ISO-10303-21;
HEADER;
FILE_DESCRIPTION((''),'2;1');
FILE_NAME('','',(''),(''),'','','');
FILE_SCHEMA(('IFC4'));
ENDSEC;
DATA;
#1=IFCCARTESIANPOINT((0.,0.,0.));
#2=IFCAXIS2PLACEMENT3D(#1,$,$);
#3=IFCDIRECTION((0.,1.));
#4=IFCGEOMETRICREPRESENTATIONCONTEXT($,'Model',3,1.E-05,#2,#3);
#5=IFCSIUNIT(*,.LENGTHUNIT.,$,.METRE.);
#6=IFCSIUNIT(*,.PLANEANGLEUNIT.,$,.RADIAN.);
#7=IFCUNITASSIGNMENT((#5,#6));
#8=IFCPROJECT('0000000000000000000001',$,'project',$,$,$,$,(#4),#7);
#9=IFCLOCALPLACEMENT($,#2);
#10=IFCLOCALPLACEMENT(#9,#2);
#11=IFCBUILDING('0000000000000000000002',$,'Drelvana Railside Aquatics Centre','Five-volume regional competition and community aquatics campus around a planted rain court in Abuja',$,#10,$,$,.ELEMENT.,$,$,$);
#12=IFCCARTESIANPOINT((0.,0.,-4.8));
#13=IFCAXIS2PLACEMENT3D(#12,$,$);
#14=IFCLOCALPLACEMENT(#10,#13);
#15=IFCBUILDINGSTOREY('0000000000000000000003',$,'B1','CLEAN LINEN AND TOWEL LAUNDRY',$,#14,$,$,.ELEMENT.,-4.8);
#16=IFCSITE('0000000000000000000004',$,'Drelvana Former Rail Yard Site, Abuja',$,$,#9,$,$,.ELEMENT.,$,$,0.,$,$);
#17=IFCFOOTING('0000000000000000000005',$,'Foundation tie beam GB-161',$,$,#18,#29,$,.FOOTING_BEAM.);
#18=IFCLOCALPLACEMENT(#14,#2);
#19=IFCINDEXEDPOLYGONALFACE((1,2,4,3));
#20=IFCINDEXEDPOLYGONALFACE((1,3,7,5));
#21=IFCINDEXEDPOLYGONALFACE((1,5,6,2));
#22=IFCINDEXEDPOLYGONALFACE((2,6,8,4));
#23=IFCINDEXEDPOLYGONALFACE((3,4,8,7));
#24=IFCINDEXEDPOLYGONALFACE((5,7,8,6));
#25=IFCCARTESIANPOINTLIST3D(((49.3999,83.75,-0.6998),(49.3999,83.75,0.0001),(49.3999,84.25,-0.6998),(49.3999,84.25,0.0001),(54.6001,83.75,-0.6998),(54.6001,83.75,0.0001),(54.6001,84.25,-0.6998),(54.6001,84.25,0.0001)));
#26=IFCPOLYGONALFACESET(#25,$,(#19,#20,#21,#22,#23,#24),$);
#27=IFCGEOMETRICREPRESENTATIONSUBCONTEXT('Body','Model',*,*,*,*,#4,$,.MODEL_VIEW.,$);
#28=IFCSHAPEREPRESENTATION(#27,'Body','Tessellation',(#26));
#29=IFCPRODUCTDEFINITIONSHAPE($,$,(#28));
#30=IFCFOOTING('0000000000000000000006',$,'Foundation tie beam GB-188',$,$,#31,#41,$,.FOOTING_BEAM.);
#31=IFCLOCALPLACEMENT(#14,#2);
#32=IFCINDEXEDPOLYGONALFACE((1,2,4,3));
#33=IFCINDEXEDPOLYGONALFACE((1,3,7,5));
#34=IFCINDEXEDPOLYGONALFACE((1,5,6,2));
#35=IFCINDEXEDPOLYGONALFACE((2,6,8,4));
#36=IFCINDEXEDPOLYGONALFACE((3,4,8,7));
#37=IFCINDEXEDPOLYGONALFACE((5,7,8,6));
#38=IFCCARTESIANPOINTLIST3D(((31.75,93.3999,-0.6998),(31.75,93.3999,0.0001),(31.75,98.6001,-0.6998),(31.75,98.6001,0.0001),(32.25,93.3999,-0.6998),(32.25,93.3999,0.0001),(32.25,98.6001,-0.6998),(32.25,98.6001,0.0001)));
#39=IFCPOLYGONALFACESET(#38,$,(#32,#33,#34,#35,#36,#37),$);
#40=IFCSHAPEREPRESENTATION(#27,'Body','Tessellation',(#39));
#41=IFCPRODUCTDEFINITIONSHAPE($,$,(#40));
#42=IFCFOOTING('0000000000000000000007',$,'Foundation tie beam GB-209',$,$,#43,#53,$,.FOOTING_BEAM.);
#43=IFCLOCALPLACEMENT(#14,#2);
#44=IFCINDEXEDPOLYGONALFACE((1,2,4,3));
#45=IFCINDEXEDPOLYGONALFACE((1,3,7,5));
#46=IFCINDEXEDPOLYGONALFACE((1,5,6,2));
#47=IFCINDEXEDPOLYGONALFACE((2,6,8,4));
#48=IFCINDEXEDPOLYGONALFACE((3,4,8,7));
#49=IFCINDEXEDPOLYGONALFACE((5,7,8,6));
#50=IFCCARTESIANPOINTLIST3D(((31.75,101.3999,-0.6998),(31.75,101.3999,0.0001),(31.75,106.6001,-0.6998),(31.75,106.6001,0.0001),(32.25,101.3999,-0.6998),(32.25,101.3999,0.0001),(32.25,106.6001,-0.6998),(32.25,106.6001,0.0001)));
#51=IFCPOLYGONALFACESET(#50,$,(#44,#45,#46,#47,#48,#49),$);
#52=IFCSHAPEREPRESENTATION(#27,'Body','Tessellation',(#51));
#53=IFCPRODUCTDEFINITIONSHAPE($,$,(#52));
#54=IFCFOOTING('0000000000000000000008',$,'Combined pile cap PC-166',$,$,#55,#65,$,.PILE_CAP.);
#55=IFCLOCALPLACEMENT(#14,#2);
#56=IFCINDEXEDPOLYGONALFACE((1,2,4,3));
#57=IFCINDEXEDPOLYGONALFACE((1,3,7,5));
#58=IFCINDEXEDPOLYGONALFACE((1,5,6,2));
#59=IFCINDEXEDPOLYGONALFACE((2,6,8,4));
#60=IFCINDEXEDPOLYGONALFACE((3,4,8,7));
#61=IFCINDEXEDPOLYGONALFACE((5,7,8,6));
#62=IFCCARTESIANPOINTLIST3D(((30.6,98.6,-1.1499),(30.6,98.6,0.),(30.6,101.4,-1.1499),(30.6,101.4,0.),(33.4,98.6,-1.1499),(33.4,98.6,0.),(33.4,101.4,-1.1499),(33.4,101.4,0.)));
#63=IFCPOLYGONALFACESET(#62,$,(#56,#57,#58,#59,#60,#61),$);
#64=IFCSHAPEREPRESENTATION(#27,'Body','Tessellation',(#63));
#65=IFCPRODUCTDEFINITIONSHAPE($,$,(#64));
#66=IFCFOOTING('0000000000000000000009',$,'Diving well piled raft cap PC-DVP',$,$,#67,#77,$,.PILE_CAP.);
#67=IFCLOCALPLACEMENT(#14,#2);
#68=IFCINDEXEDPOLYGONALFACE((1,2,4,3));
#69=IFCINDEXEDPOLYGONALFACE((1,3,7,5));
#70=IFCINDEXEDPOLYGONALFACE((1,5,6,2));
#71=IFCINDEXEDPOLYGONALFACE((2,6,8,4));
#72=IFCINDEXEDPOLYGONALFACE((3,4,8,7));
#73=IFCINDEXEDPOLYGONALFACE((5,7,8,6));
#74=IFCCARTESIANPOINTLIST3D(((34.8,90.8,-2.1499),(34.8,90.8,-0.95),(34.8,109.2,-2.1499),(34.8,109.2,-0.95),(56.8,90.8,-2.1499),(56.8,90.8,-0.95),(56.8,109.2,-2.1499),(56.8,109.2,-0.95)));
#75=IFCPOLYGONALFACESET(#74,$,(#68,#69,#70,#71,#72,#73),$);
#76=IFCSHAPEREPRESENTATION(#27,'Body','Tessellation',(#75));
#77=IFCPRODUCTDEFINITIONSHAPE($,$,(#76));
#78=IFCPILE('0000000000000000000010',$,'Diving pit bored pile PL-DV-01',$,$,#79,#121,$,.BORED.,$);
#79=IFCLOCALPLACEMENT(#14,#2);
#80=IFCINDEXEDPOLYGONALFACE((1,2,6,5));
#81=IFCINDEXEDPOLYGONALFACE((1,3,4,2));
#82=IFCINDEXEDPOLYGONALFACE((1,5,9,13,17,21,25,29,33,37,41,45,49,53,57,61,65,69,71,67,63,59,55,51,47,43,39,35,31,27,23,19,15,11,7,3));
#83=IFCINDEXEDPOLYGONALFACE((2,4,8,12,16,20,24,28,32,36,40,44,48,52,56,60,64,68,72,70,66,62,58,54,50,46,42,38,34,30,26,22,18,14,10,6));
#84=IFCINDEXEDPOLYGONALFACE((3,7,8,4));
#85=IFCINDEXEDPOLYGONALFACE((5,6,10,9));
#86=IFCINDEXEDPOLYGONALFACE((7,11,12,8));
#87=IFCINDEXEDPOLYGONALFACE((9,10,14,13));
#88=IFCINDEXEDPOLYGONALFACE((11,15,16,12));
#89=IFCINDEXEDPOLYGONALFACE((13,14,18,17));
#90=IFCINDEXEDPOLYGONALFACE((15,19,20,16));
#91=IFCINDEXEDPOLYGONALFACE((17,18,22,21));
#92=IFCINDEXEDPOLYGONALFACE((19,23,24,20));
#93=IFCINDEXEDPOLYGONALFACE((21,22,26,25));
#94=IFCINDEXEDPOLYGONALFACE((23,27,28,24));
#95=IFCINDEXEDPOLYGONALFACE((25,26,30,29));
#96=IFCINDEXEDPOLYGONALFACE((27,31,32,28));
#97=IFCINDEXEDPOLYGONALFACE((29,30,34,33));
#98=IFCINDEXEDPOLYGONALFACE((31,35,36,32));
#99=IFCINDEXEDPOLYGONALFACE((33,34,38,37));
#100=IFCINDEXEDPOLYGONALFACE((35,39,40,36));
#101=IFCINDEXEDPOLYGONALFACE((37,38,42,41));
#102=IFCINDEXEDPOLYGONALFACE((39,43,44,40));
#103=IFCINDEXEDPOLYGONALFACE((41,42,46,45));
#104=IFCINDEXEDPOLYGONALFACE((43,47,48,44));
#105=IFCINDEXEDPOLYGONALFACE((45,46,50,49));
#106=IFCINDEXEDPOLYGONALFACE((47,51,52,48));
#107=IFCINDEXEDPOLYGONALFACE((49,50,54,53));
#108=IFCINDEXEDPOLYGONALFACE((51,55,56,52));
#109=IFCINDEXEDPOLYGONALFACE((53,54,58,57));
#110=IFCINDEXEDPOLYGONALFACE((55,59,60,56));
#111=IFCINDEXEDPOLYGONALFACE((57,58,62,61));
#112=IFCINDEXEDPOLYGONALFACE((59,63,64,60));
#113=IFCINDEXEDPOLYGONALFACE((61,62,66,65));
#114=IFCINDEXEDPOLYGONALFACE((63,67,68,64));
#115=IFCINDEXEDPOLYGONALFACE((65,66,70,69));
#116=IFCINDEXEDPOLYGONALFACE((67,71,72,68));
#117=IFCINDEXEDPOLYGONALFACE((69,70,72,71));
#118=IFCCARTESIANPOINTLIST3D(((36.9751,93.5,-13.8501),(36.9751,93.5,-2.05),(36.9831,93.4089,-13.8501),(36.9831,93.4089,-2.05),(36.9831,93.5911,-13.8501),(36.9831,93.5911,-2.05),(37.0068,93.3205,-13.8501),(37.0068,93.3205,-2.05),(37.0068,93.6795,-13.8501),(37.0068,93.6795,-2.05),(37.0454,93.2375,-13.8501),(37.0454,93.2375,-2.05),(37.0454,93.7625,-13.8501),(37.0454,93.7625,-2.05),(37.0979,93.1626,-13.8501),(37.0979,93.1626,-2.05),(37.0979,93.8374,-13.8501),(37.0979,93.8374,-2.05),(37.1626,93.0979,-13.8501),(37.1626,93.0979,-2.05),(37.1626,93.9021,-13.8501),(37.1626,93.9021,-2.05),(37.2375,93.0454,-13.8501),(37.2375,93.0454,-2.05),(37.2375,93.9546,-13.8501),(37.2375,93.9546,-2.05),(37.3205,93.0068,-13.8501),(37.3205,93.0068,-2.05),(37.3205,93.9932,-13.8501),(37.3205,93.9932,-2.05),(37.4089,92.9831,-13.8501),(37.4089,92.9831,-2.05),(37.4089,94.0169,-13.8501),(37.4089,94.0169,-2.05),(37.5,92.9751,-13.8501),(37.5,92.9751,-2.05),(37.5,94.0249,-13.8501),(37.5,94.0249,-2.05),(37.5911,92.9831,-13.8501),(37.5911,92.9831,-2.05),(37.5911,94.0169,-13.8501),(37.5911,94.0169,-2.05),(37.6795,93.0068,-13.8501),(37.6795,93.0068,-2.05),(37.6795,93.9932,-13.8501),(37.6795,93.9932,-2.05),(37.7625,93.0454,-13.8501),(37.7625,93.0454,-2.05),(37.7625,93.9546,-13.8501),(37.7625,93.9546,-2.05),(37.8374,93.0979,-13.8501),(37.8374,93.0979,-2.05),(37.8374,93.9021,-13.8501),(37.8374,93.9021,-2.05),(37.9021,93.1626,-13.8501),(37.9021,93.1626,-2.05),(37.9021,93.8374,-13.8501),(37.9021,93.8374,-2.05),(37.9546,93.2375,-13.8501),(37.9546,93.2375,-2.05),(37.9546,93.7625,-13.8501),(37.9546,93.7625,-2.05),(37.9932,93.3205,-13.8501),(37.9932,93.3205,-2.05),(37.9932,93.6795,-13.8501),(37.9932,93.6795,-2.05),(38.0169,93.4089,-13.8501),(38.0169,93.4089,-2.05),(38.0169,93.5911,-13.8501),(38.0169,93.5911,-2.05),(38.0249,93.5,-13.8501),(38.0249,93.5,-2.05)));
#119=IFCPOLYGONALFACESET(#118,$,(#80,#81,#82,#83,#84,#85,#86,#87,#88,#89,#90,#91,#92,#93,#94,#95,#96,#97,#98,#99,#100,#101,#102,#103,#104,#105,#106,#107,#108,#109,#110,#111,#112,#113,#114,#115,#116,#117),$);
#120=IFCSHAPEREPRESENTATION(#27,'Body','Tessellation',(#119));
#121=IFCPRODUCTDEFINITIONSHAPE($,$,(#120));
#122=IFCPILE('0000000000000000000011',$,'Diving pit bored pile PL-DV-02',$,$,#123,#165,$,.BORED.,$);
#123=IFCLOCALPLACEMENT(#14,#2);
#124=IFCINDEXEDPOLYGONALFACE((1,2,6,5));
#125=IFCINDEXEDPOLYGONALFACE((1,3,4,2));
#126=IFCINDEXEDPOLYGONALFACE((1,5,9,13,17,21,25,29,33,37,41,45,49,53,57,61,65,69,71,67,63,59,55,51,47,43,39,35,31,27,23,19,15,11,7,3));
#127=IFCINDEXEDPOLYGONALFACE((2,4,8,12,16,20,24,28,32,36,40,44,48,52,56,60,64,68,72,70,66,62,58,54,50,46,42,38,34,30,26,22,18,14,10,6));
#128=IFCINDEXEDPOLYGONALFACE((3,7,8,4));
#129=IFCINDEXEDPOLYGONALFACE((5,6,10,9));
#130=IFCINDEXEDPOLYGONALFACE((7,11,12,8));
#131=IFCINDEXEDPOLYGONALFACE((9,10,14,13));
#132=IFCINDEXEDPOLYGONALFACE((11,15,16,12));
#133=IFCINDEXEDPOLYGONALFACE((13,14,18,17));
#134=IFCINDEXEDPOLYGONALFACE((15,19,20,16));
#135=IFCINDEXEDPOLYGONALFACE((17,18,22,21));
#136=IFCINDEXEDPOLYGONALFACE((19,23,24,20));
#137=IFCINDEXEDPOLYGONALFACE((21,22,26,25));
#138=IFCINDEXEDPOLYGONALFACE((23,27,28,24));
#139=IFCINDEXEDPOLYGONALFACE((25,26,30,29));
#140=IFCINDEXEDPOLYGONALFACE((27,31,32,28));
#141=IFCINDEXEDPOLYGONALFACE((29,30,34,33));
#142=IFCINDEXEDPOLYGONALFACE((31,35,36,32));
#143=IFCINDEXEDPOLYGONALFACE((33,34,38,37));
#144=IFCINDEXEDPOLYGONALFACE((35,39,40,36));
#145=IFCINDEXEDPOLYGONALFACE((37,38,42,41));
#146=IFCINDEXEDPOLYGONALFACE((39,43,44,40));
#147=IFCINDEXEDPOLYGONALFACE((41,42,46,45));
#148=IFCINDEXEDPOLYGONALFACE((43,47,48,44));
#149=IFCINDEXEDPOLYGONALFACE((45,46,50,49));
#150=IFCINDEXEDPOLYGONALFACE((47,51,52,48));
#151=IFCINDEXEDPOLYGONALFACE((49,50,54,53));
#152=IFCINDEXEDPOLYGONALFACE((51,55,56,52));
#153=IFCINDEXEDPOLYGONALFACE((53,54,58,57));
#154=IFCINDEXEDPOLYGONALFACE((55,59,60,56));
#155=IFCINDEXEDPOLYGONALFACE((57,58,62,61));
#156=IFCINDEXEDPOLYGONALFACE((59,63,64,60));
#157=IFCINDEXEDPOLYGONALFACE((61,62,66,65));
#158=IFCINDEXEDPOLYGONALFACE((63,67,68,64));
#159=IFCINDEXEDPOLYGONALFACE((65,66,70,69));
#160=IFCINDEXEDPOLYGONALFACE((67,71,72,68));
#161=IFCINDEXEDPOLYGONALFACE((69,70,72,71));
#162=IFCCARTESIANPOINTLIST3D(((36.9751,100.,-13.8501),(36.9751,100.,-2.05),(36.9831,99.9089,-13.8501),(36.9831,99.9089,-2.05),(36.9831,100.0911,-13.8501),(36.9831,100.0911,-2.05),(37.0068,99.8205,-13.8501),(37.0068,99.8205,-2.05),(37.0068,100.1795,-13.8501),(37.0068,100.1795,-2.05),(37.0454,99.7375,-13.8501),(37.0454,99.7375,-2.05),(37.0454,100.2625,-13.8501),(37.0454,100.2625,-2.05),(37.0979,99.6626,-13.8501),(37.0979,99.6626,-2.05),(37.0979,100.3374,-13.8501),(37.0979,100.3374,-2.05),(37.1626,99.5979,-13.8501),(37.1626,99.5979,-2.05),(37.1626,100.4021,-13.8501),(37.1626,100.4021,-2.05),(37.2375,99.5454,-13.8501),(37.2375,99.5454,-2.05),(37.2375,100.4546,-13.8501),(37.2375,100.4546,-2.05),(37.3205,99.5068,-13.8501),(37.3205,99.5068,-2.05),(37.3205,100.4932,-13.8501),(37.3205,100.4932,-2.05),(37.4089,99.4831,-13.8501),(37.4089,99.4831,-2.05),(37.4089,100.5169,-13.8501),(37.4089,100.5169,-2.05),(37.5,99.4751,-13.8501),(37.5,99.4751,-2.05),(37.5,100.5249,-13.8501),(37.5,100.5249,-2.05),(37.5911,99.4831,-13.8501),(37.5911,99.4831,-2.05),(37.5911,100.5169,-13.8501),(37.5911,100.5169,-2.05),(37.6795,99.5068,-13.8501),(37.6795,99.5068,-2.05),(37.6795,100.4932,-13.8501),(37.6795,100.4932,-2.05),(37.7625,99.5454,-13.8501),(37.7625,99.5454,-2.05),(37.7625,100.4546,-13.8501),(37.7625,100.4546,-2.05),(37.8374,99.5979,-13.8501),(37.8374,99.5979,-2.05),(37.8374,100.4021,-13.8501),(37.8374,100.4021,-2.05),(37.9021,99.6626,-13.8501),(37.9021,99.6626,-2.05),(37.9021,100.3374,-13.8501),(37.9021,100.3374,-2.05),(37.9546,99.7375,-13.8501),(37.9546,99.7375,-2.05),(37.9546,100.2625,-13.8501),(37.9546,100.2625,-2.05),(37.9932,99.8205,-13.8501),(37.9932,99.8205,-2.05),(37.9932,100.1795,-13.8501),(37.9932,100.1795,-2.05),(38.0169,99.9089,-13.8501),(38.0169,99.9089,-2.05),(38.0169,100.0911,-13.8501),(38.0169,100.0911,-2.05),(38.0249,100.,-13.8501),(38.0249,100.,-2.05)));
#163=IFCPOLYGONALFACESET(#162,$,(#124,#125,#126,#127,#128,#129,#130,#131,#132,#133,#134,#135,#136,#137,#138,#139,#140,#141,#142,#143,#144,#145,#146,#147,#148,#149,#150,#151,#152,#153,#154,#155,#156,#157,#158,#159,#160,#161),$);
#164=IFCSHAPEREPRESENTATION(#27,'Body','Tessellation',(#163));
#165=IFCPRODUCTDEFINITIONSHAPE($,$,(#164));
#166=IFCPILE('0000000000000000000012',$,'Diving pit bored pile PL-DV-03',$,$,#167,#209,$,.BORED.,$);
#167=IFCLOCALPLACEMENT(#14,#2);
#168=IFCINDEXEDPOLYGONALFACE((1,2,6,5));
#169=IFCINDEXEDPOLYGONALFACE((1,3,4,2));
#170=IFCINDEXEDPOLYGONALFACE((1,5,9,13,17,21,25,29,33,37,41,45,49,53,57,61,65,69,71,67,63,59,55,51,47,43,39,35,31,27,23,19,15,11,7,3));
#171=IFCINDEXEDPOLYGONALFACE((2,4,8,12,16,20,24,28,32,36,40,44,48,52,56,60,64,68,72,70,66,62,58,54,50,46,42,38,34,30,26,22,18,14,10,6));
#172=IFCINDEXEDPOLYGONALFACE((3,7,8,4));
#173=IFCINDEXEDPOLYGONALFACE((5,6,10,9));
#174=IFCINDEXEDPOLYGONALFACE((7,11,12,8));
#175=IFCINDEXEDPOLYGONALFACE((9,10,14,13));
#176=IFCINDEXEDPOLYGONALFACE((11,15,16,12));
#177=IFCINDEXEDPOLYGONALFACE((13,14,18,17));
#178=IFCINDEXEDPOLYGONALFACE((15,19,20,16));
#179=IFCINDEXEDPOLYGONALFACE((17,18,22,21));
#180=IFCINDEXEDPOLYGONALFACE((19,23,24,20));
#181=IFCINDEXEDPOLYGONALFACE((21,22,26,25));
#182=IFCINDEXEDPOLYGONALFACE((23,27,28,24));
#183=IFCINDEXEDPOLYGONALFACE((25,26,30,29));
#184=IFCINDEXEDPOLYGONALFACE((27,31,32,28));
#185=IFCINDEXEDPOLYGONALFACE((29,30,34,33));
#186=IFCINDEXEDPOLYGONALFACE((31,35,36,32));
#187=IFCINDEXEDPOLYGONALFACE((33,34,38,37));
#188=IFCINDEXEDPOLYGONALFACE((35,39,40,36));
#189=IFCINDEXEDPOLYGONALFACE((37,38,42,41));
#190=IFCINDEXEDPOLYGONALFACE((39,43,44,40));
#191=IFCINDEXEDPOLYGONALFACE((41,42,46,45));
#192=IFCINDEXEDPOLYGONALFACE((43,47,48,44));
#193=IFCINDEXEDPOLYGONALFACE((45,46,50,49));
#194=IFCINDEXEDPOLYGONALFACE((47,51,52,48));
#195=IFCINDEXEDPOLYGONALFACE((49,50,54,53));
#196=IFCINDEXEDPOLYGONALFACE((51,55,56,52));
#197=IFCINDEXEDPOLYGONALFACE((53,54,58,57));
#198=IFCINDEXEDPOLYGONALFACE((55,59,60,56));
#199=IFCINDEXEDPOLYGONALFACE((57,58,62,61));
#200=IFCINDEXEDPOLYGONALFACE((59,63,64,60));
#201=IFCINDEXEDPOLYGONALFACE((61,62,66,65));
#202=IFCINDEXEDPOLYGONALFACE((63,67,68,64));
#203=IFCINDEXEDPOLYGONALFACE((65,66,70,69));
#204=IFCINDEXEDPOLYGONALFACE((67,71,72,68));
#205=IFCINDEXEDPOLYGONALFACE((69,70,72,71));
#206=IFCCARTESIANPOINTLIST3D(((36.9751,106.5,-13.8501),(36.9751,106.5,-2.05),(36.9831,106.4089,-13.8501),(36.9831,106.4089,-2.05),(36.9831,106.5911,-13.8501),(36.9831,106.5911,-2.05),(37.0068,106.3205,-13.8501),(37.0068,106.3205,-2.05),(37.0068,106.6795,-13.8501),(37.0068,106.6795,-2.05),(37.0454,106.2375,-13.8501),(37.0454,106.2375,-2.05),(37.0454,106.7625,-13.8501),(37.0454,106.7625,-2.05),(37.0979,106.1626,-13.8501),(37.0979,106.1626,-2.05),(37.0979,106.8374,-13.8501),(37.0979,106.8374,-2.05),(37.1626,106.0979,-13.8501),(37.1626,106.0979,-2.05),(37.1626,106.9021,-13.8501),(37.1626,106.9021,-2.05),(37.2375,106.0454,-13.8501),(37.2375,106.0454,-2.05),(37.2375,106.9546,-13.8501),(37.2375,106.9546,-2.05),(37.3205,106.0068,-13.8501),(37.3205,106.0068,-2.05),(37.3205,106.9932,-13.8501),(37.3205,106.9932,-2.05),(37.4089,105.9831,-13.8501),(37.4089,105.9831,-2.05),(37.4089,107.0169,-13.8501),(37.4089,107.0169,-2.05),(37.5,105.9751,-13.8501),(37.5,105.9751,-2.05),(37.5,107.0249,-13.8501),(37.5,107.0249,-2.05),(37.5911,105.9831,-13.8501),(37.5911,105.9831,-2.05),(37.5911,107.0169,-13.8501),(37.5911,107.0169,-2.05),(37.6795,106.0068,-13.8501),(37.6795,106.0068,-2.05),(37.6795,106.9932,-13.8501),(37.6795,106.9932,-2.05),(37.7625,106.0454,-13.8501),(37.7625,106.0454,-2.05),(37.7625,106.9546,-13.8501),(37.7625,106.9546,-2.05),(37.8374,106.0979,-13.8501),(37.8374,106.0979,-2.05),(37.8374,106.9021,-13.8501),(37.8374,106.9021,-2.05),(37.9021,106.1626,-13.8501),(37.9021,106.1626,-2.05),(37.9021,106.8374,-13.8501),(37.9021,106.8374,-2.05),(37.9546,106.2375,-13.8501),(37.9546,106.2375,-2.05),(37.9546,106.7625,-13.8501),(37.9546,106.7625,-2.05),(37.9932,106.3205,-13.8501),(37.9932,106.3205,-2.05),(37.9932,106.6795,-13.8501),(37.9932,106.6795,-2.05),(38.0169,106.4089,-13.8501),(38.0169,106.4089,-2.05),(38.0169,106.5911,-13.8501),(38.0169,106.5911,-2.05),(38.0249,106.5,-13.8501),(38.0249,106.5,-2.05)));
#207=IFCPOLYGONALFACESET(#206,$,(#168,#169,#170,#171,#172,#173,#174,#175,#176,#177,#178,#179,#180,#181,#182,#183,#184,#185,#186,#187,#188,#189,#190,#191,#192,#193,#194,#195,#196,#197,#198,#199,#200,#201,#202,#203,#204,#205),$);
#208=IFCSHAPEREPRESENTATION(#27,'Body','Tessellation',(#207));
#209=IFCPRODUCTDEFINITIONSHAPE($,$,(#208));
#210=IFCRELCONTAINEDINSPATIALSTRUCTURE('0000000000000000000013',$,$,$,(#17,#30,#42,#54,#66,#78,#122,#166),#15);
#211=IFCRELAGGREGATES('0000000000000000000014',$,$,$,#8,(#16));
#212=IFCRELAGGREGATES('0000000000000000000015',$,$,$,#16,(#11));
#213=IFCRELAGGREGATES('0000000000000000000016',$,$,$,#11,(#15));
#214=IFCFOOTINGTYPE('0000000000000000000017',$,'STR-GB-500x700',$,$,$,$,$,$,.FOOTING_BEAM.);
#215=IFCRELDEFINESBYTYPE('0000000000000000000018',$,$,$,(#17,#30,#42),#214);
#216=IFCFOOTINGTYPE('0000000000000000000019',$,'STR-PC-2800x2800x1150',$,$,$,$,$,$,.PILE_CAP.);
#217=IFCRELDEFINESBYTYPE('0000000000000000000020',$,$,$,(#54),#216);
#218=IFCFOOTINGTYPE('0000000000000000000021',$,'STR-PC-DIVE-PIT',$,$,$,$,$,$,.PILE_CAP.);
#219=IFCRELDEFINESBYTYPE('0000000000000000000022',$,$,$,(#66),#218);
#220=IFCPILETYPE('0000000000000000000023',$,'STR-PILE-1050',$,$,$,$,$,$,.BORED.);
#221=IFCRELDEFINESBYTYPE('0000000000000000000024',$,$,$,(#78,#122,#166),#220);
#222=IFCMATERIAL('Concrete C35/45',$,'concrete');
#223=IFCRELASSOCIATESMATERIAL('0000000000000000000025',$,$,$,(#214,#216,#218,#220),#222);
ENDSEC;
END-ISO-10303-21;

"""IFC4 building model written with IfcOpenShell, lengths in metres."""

from ifc_helpers import new_model, si_unit, direction, frame, origin, origin_2d, place, context, subcontext, project, spatial, rectangle, circle, extrude, material, material_profile, profile_set, type_object, element, save


model = new_model("IFC4")

# Units and contexts
model_context = context("Model", 3, precision=1e-05, world=origin(), true_north=direction((0.0, 1.0)))
body_context = subcontext(model_context, "Body", "Model", "MODEL_VIEW")
ifc_project = project(units=[si_unit("LENGTHUNIT", "METRE"), si_unit("PLANEANGLEUNIT", "RADIAN")], contexts=[model_context])

# Site, building, storey
site_placement = place(None, origin())
site = spatial("IfcSite", under=ifc_project, at=site_placement, Name="Drelvana Former Rail Yard Site, Abuja", CompositionType="ELEMENT", RefElevation=0.0)
building_placement = place(site_placement, origin())
building = spatial("IfcBuilding", under=site, at=building_placement, Name="Drelvana Railside Aquatics Centre", Description="Five-volume regional competition and community aquatics campus around a planted rain court in Abuja", CompositionType="ELEMENT")
storey_placement = place(building_placement, frame((0.0, 0.0, -4.8)))
storey = spatial("IfcBuildingStorey", under=building, at=storey_placement, Name="B1", Description="CLEAN LINEN AND TOWEL LAUNDRY", CompositionType="ELEMENT", Elevation=-4.8)

# Footings
ifc_material_1 = material(Name="Concrete C35/45", Category="concrete")
ifc_material_profile_1 = material_profile(ifc_material_1, rectangle(XDim=0.5, YDim=0.7, at=origin_2d()), Name="GB 500x700")
ifc_profile_set_1 = profile_set([ifc_material_profile_1], Name="Concrete C35/45")
footing_type_1 = type_object("IfcFootingType", Name="STR-GB-500x700", PredefinedType="FOOTING_BEAM", material=ifc_profile_set_1)
for number, where, z_axis, x_axis, name in (
    (1, (49.3999, 84.0, -0.3499), (1.0, 0.0, 0.0), (0.0, 1.0, 0.0), "Foundation tie beam GB-161"),
    (2, (32.0, 93.3999, -0.3499), (0.0, 1.0, 0.0), (-1.0, 0.0, 0.0), "Foundation tie beam GB-188"),
    (3, (32.0, 101.3999, -0.3499), (0.0, 1.0, 0.0), (-1.0, 0.0, 0.0), "Foundation tie beam GB-209"),
):
    element("IfcFooting", number, at=place(storey_placement, frame(where, z_axis=z_axis, x_axis=x_axis)), inside=storey, type_object=footing_type_1, Name=name, PredefinedType="FOOTING_BEAM", context=body_context, shape_type="SweptSolid", body=[
        extrude(rectangle(XDim=0.5, YDim=0.7, at=origin_2d()), origin(), (0.0, 0.0, 1.0), 5.2002),
    ])
footing_type_2 = type_object("IfcFootingType", Name="STR-PC-2800x2800x1150", PredefinedType="PILE_CAP", material=ifc_material_1)
footing_1_placement = place(storey_placement, frame((32.0, 100.0, -1.1499), z_axis=(0.0, 0.0, 1.0), x_axis=(1.0, 0.0, 0.0)))
element("IfcFooting", 4, at=footing_1_placement, inside=storey, type_object=footing_type_2, Name="Combined pile cap PC-166", PredefinedType="PILE_CAP", context=body_context, shape_type="SweptSolid", body=[
    extrude(rectangle(XDim=2.8, YDim=2.8, at=origin_2d()), origin(), (0.0, 0.0, 1.0), 1.1499),
])
footing_type_3 = type_object("IfcFootingType", Name="STR-PC-DIVE-PIT", PredefinedType="PILE_CAP", material=ifc_material_1)
footing_2_placement = place(storey_placement, frame((45.8, 100.0, -2.1499), z_axis=(0.0, 0.0, 1.0), x_axis=(1.0, 0.0, 0.0)))
element("IfcFooting", 5, at=footing_2_placement, inside=storey, type_object=footing_type_3, Name="Diving well piled raft cap PC-DVP", PredefinedType="PILE_CAP", context=body_context, shape_type="SweptSolid", body=[
    extrude(rectangle(XDim=22.0, YDim=18.3999, at=origin_2d()), origin(), (0.0, 0.0, 1.0), 1.2),
])

# Piles
ifc_material_profile_2 = material_profile(ifc_material_1, circle(Radius=0.5249, at=origin_2d()), Name="PILE D1050")
ifc_profile_set_2 = profile_set([ifc_material_profile_2], Name="Concrete C35/45")
pile_type_1 = type_object("IfcPileType", Name="STR-PILE-1050", PredefinedType="BORED", material=ifc_profile_set_2)
for number, where, z_axis, x_axis, name in (
    (6, (37.5, 93.5, -2.05), (0.0, 0.0, -1.0), (1.0, 0.0, 0.0), "Diving pit bored pile PL-DV-01"),
    (7, (37.5, 100.0, -2.05), (0.0, 0.0, -1.0), (1.0, 0.0, 0.0), "Diving pit bored pile PL-DV-02"),
    (8, (37.5, 106.5, -2.05), (0.0, 0.0, -1.0), (1.0, 0.0, 0.0), "Diving pit bored pile PL-DV-03"),
):
    element("IfcPile", number, at=place(storey_placement, frame(where, z_axis=z_axis, x_axis=x_axis)), inside=storey, type_object=pile_type_1, Name=name, PredefinedType="BORED", context=body_context, shape_type="SweptSolid", body=[
        extrude(circle(Radius=0.5249, at=origin_2d()), origin(), (0.0, 0.0, 1.0), 11.8),
    ])

save(model, "model.ifc")
